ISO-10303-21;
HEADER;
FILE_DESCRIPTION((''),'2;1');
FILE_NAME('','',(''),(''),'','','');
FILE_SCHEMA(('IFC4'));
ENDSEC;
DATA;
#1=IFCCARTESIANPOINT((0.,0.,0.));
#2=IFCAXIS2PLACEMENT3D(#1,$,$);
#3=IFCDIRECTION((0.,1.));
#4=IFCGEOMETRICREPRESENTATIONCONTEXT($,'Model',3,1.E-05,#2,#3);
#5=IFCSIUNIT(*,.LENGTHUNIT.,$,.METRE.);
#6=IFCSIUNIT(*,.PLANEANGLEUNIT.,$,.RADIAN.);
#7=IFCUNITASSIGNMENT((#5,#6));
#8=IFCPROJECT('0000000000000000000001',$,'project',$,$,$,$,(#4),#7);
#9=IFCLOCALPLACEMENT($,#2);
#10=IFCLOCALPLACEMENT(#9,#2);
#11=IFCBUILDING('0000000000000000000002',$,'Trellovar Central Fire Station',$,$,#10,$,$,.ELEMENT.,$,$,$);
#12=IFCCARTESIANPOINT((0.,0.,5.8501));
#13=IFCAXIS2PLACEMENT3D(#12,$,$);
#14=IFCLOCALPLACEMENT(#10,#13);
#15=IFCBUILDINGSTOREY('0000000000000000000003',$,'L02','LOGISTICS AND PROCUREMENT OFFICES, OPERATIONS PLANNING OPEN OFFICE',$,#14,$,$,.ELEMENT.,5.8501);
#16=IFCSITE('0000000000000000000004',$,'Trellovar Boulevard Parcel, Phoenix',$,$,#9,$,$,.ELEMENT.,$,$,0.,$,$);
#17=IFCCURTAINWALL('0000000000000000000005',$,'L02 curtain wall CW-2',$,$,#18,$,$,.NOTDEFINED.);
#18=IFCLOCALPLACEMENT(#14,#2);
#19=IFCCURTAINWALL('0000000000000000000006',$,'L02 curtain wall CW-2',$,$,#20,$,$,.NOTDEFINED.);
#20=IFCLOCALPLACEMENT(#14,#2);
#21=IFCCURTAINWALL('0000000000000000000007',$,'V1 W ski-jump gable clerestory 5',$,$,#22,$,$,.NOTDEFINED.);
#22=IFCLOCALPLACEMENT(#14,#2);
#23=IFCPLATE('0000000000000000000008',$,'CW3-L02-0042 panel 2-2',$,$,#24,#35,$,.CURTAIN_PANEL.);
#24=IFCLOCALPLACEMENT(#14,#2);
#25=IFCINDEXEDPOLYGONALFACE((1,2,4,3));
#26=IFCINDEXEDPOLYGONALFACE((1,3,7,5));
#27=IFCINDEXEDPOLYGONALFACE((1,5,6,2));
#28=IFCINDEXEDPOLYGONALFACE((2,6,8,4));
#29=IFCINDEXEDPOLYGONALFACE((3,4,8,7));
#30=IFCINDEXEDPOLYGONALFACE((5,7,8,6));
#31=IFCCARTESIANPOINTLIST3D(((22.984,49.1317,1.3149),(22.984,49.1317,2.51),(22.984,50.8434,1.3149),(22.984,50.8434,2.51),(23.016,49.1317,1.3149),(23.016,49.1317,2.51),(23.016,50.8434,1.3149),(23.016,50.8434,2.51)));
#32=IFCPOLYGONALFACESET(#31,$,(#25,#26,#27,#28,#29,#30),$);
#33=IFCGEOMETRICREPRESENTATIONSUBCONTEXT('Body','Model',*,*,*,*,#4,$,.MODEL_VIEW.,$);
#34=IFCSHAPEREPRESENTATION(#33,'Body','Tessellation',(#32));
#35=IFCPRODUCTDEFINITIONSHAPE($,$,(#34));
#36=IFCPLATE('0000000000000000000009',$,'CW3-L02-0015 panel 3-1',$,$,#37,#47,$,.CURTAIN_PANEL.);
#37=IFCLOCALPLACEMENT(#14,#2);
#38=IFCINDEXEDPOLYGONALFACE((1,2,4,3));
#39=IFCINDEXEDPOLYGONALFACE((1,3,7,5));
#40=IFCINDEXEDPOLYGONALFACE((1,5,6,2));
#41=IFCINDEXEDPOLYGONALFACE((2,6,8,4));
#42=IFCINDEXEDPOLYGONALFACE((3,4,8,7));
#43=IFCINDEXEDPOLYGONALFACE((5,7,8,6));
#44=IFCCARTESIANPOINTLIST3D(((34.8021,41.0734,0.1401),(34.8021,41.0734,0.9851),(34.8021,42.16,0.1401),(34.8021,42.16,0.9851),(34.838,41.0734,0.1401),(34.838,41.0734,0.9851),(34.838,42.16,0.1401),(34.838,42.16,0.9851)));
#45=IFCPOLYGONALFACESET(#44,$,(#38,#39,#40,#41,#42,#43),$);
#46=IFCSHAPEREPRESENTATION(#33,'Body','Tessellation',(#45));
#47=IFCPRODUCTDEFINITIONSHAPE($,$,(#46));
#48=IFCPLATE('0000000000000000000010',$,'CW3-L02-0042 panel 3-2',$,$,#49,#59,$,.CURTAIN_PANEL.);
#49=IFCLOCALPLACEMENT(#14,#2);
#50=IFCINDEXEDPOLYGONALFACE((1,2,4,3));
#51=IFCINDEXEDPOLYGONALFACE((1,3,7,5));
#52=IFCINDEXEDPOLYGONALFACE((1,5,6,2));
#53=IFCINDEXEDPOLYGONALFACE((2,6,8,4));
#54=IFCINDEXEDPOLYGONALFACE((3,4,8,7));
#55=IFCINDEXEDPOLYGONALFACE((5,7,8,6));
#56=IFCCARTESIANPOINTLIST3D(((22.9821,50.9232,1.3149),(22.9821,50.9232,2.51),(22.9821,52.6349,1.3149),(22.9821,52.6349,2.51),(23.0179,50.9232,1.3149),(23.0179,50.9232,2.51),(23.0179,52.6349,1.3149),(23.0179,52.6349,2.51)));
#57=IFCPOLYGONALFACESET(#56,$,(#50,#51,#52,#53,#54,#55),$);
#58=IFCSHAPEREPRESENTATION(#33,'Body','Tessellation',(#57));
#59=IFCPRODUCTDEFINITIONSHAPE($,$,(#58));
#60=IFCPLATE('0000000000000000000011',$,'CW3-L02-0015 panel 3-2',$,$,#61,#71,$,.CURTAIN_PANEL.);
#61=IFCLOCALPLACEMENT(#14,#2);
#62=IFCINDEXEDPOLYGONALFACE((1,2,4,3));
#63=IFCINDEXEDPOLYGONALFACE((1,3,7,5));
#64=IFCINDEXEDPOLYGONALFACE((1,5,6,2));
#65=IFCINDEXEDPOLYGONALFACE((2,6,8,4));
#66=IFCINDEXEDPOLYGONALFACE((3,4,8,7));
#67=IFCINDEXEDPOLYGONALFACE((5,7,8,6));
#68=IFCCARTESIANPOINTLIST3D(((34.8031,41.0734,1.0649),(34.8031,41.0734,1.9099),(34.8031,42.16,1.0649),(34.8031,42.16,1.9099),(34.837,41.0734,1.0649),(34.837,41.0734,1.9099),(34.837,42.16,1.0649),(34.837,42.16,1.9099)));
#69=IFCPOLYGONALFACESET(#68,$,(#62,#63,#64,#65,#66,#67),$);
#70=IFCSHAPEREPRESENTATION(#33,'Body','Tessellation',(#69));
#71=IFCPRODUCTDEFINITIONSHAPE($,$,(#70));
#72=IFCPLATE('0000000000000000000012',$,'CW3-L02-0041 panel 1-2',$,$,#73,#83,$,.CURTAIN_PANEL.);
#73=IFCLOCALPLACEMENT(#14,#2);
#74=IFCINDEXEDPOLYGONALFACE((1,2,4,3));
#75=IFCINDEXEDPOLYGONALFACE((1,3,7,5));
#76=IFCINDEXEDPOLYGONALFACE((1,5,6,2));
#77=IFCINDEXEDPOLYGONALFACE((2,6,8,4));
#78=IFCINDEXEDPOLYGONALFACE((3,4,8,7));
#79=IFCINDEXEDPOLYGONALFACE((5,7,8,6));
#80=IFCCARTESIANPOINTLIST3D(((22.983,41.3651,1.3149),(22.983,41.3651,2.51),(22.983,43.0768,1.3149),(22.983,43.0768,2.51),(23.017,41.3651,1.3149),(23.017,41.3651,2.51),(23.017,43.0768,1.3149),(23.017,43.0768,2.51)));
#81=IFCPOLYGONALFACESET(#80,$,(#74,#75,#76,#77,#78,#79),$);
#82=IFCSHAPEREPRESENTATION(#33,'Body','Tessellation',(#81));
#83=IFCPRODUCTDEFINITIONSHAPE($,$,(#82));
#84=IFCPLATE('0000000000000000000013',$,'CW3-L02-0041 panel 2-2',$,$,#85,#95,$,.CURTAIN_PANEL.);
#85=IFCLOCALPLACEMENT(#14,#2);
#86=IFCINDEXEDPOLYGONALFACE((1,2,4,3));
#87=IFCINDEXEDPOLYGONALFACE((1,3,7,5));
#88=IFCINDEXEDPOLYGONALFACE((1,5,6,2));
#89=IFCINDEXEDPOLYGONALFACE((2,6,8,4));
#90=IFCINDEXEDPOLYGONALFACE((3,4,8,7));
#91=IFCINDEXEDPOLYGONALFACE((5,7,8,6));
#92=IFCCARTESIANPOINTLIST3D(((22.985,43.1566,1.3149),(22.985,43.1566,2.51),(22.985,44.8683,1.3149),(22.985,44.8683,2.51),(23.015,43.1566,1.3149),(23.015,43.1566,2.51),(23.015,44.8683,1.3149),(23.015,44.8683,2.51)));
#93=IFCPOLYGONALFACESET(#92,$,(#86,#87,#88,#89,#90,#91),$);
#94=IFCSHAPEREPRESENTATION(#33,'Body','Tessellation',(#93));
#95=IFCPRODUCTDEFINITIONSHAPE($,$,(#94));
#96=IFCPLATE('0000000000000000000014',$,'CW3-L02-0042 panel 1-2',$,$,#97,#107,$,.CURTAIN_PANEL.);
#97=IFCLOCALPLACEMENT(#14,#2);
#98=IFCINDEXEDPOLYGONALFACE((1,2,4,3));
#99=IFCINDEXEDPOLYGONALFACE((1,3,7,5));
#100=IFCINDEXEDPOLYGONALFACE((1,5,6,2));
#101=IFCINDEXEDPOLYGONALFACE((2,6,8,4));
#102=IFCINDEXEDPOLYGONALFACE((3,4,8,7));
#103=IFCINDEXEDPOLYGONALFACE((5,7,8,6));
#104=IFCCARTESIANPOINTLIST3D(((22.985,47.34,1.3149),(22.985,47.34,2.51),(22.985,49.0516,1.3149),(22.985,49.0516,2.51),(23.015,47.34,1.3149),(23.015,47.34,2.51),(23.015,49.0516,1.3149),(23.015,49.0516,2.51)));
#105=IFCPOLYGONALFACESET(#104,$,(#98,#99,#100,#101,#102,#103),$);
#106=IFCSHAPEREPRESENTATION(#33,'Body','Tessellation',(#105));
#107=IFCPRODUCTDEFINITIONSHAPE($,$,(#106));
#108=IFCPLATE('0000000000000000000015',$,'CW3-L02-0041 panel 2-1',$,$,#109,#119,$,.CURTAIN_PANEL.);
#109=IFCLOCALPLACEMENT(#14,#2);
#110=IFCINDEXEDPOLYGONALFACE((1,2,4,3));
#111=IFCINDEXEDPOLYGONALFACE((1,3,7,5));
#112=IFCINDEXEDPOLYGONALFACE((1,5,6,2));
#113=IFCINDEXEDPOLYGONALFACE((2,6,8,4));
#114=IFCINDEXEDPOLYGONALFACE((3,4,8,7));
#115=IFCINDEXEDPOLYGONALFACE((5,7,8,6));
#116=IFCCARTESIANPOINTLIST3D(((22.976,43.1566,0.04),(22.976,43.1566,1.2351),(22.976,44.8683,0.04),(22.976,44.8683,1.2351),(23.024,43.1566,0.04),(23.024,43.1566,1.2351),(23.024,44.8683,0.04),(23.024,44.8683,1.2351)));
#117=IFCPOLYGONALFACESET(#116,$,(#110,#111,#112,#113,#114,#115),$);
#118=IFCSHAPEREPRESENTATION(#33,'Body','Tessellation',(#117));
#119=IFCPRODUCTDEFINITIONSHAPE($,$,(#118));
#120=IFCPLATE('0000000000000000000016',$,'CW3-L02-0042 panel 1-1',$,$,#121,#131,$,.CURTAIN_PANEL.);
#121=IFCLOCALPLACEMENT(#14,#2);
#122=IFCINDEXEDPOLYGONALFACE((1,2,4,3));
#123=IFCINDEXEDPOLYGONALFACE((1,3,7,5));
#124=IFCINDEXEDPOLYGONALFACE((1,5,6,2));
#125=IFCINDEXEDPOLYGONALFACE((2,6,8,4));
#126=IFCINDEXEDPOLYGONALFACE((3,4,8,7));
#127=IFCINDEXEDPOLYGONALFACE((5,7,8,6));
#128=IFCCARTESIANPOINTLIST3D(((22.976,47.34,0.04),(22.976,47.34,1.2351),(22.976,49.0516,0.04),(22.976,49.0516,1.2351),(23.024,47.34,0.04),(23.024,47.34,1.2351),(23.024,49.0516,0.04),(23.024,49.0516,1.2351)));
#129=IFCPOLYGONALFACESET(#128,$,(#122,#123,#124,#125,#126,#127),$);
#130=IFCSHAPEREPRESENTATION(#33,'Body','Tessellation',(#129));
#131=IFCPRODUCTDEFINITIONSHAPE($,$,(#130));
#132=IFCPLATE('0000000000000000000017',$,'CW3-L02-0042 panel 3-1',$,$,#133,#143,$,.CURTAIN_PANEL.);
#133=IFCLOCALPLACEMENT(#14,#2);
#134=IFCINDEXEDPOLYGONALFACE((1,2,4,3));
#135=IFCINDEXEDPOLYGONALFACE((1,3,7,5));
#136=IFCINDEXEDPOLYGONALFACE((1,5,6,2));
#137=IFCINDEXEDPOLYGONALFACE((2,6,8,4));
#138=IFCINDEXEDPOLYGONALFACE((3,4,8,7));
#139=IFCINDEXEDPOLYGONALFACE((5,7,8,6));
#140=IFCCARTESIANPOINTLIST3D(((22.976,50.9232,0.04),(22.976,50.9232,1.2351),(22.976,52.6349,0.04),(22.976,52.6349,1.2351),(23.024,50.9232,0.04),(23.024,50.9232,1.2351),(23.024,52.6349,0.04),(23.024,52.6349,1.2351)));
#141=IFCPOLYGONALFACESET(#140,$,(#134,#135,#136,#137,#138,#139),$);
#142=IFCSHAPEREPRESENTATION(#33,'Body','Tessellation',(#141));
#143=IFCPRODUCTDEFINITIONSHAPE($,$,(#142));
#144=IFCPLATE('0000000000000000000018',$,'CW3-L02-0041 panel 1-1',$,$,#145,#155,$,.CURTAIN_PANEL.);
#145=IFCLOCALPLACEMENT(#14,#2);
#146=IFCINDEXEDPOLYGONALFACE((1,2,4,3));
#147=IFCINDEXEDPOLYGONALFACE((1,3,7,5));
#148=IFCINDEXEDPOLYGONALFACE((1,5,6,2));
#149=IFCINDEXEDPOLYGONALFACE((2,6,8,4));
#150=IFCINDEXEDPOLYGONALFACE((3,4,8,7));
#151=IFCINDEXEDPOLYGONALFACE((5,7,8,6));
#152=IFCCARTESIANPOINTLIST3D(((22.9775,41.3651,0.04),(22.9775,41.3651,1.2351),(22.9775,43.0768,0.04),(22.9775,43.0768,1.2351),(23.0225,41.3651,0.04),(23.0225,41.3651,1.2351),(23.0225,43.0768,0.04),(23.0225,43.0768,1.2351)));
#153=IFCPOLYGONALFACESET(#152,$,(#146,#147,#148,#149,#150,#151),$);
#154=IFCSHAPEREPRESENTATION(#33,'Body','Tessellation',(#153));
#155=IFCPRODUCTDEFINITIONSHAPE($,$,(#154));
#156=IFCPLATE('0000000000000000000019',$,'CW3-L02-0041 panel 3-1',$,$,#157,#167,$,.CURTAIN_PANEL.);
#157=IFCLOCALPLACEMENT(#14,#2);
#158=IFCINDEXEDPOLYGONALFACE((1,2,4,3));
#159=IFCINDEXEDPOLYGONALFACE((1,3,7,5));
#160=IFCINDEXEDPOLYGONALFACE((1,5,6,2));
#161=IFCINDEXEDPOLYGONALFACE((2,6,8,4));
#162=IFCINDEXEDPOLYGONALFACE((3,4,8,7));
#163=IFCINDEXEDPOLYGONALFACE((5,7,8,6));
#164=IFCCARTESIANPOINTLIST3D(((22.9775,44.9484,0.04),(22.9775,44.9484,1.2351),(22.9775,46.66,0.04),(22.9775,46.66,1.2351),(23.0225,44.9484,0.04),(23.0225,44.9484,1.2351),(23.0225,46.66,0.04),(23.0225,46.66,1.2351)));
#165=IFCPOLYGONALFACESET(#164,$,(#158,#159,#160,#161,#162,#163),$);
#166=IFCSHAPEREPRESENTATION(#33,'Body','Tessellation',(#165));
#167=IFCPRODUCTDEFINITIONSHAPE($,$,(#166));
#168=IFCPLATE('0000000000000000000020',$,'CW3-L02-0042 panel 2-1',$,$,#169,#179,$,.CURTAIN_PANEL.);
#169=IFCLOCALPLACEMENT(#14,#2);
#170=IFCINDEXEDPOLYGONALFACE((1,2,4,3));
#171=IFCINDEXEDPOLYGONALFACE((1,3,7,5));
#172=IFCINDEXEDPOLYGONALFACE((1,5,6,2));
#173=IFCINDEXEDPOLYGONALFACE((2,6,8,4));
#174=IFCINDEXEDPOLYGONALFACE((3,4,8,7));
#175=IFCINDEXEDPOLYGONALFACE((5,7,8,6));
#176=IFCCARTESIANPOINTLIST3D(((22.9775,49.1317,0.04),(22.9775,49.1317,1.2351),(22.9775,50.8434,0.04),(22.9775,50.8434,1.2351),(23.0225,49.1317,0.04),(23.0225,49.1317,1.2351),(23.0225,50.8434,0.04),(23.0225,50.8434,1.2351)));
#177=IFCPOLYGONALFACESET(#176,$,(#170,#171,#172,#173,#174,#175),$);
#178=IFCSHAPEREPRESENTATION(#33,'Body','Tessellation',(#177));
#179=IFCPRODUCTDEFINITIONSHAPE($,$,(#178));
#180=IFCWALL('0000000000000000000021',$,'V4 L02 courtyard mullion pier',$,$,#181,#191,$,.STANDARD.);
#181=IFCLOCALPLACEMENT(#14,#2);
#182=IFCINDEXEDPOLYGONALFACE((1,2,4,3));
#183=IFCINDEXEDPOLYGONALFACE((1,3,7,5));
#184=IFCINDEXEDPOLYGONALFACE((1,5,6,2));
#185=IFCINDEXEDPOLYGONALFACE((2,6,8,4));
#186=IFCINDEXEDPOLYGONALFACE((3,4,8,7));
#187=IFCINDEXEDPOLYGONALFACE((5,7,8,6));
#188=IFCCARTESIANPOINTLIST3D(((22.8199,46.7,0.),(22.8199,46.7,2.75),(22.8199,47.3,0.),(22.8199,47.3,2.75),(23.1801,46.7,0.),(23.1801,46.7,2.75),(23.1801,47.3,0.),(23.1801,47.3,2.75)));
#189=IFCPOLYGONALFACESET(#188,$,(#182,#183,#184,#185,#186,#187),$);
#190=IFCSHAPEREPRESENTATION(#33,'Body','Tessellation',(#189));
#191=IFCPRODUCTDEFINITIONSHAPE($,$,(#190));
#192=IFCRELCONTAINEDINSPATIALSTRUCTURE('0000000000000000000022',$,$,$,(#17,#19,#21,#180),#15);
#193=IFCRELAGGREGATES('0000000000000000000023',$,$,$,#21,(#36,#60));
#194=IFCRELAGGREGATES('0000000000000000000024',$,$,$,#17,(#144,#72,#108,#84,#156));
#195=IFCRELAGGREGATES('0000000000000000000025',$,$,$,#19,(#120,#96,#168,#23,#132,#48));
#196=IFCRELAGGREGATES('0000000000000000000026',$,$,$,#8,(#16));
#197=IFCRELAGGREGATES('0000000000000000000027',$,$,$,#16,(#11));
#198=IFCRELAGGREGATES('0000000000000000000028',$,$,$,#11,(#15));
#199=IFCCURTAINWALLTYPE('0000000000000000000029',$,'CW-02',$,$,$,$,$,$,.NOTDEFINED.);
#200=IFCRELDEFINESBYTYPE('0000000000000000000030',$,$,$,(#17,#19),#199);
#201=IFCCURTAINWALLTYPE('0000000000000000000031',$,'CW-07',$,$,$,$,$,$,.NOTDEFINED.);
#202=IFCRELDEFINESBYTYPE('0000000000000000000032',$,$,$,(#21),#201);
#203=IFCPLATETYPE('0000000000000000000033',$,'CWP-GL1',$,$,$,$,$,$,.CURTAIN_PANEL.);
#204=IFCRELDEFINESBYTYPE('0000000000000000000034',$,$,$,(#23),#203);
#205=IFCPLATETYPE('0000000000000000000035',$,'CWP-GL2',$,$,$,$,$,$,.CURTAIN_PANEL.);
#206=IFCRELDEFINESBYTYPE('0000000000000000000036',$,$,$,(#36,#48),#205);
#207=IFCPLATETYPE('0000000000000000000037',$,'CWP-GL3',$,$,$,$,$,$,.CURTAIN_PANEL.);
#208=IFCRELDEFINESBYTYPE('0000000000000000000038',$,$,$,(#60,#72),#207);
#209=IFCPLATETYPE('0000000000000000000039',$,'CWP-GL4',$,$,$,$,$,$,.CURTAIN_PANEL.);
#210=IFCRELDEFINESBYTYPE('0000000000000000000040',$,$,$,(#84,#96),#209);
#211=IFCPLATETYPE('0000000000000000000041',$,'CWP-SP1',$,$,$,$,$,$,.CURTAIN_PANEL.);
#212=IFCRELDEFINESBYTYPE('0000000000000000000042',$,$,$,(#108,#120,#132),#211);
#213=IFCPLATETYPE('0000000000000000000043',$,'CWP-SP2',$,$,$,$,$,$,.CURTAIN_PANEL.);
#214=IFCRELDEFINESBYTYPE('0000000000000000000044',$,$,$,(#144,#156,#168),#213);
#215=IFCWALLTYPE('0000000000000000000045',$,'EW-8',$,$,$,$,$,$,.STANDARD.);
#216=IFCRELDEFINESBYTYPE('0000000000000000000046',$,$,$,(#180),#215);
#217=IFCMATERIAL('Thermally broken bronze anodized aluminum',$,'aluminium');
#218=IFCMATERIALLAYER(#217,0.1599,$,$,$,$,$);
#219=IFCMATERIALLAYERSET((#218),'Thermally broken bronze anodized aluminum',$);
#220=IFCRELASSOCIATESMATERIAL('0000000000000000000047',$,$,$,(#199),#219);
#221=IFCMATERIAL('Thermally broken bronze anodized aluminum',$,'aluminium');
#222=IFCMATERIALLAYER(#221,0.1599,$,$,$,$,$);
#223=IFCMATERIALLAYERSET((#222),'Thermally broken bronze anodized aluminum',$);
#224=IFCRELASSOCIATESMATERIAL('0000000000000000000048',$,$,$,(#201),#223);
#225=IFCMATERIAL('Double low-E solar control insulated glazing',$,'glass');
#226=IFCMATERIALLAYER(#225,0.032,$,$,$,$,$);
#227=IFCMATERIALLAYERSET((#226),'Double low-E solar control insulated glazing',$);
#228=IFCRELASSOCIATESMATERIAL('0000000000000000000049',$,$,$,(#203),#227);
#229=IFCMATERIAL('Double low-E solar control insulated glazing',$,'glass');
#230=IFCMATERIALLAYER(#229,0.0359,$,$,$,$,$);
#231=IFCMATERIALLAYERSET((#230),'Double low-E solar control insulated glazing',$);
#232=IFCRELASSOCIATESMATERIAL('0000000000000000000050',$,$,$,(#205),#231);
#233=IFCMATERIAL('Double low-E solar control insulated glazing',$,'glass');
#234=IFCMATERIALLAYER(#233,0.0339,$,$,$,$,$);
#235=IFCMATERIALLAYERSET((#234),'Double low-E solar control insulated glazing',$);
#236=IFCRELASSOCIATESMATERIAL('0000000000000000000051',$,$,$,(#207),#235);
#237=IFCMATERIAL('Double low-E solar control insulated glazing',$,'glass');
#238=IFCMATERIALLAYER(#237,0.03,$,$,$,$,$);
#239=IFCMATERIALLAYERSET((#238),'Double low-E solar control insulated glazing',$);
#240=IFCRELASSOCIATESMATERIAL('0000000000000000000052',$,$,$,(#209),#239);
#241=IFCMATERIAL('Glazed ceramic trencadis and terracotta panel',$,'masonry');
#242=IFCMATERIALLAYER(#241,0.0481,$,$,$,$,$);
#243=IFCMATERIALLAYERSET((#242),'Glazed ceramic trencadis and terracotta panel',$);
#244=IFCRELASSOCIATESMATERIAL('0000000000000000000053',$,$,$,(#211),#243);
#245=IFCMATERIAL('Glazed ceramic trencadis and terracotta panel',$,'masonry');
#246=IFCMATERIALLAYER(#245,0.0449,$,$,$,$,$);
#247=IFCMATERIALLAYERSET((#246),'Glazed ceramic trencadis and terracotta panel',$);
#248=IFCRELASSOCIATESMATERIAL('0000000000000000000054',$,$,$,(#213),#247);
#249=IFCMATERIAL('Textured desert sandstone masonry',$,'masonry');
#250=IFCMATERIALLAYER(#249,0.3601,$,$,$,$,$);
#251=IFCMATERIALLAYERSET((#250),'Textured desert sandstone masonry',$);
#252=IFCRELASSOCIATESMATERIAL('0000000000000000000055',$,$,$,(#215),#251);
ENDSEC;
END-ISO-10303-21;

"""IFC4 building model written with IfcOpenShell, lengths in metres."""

from ifc_helpers import new_model, si_unit, direction, frame, frame_2d, origin, origin_2d, place, context, subcontext, project, spatial, rectangle, extrude, material, layer, layer_set, type_object, element, aggregate, save


model = new_model("IFC4")

# Units and contexts
model_context = context("Model", 3, precision=1e-05, world=origin(), true_north=direction((0.0, 1.0)))
body_context = subcontext(model_context, "Body", "Model", "MODEL_VIEW")
ifc_project = project(units=[si_unit("LENGTHUNIT", "METRE"), si_unit("PLANEANGLEUNIT", "RADIAN")], contexts=[model_context])

# Site, building, storey
site_placement = place(None, origin())
site = spatial("IfcSite", under=ifc_project, at=site_placement, Name="Trellovar Boulevard Parcel, Phoenix", CompositionType="ELEMENT", RefElevation=0.0)
building_placement = place(site_placement, origin())
building = spatial("IfcBuilding", under=site, at=building_placement, Name="Trellovar Central Fire Station", CompositionType="ELEMENT")
storey_placement = place(building_placement, frame((0.0, 0.0, 5.8501)))
storey = spatial("IfcBuildingStorey", under=building, at=storey_placement, Name="L02", Description="LOGISTICS AND PROCUREMENT OFFICES, OPERATIONS PLANNING OPEN OFFICE", CompositionType="ELEMENT", Elevation=5.8501)

# Curtain walls
ifc_material_1 = material(Name="Thermally broken bronze anodized aluminum", Category="aluminium")
ifc_layer_1 = layer(ifc_material_1, 0.1599)
ifc_layer_set_1 = layer_set([ifc_layer_1], Name="Thermally broken bronze anodized aluminum")
curtain_wall_type_1 = type_object("IfcCurtainWallType", Name="CW-02", PredefinedType="NOTDEFINED", material=ifc_layer_set_1)
curtain_wall_1_placement = place(storey_placement, origin())
curtain_wall_1 = element("IfcCurtainWall", 1, at=curtain_wall_1_placement, inside=storey, type_object=curtain_wall_type_1, Name="L02 curtain wall CW-2", PredefinedType="NOTDEFINED")
curtain_wall_2_placement = place(storey_placement, origin())
curtain_wall_2 = element("IfcCurtainWall", 2, at=curtain_wall_2_placement, inside=storey, type_object=curtain_wall_type_1, Name="L02 curtain wall CW-2", PredefinedType="NOTDEFINED")
ifc_material_2 = material(Name="Thermally broken bronze anodized aluminum", Category="aluminium")
ifc_layer_2 = layer(ifc_material_2, 0.1599)
ifc_layer_set_2 = layer_set([ifc_layer_2], Name="Thermally broken bronze anodized aluminum")
curtain_wall_type_2 = type_object("IfcCurtainWallType", Name="CW-07", PredefinedType="NOTDEFINED", material=ifc_layer_set_2)
curtain_wall_3_placement = place(storey_placement, origin())
curtain_wall_3 = element("IfcCurtainWall", 3, at=curtain_wall_3_placement, inside=storey, type_object=curtain_wall_type_2, Name="V1 W ski-jump gable clerestory 5", PredefinedType="NOTDEFINED")

# Plates
ifc_material_3 = material(Name="Double low-E solar control insulated glazing", Category="glass")
ifc_layer_3 = layer(ifc_material_3, 0.032)
ifc_layer_set_3 = layer_set([ifc_layer_3], Name="Double low-E solar control insulated glazing")
plate_type_1 = type_object("IfcPlateType", Name="CWP-GL1", PredefinedType="CURTAIN_PANEL", material=ifc_layer_set_3)
plate_1_placement = place(storey_placement, frame((23.0, 49.9875, 1.3149), z_axis=(0.0, 0.0, 1.0), x_axis=(0.0, 1.0, 0.0)))
plate_1 = element("IfcPlate", 4, at=plate_1_placement, type_object=plate_type_1, Name="CW3-L02-0042 panel 2-2", PredefinedType="CURTAIN_PANEL", context=body_context, shape_type="SweptSolid", body=[
    extrude(rectangle(XDim=1.7117, YDim=0.032, at=origin_2d()), origin(), (0.0, 0.0, 1.0), 1.1951),
])
ifc_material_4 = material(Name="Double low-E solar control insulated glazing", Category="glass")
ifc_layer_4 = layer(ifc_material_4, 0.0359)
ifc_layer_set_4 = layer_set([ifc_layer_4], Name="Double low-E solar control insulated glazing")
plate_type_2 = type_object("IfcPlateType", Name="CWP-GL2", PredefinedType="CURTAIN_PANEL", material=ifc_layer_set_4)
plate_2_placement = place(storey_placement, frame((34.8201, 41.6167, 0.1401), z_axis=(0.0, 0.0, 1.0), x_axis=(0.0, 1.0, 0.0)))
plate_2 = element("IfcPlate", 5, at=plate_2_placement, type_object=plate_type_2, Name="CW3-L02-0015 panel 3-1", PredefinedType="CURTAIN_PANEL", context=body_context, shape_type="SweptSolid", body=[
    extrude(rectangle(XDim=1.0867, YDim=0.0359, at=origin_2d()), origin(), (0.0, 0.0, 1.0), 0.845),
])
plate_3_placement = place(storey_placement, frame((23.0, 51.7791, 1.3149), z_axis=(0.0, 0.0, 1.0), x_axis=(0.0, 1.0, 0.0)))
plate_3 = element("IfcPlate", 6, at=plate_3_placement, type_object=plate_type_2, Name="CW3-L02-0042 panel 3-2", PredefinedType="CURTAIN_PANEL", context=body_context, shape_type="SweptSolid", body=[
    extrude(rectangle(XDim=1.7117, YDim=0.0359, at=origin_2d()), origin(), (0.0, 0.0, 1.0), 1.1951),
])
ifc_material_5 = material(Name="Double low-E solar control insulated glazing", Category="glass")
ifc_layer_5 = layer(ifc_material_5, 0.0339)
ifc_layer_set_5 = layer_set([ifc_layer_5], Name="Double low-E solar control insulated glazing")
plate_type_3 = type_object("IfcPlateType", Name="CWP-GL3", PredefinedType="CURTAIN_PANEL", material=ifc_layer_set_5)
plate_4_placement = place(storey_placement, frame((34.8201, 41.6167, 1.0649), z_axis=(0.0, 0.0, 1.0), x_axis=(0.0, 1.0, 0.0)))
plate_4 = element("IfcPlate", 7, at=plate_4_placement, type_object=plate_type_3, Name="CW3-L02-0015 panel 3-2", PredefinedType="CURTAIN_PANEL", context=body_context, shape_type="SweptSolid", body=[
    extrude(rectangle(XDim=1.0867, YDim=0.0339, at=origin_2d()), origin(), (0.0, 0.0, 1.0), 0.845),
])
aggregate(curtain_wall_3, [plate_2, plate_4])
plate_5_placement = place(storey_placement, frame((23.0, 42.2209, 1.3149), z_axis=(0.0, 0.0, 1.0), x_axis=(0.0, 1.0, 0.0)))
plate_5 = element("IfcPlate", 8, at=plate_5_placement, type_object=plate_type_3, Name="CW3-L02-0041 panel 1-2", PredefinedType="CURTAIN_PANEL", context=body_context, shape_type="SweptSolid", body=[
    extrude(rectangle(XDim=1.7117, YDim=0.0339, at=origin_2d()), origin(), (0.0, 0.0, 1.0), 1.1951),
])
ifc_material_6 = material(Name="Double low-E solar control insulated glazing", Category="glass")
ifc_layer_6 = layer(ifc_material_6, 0.03)
ifc_layer_set_6 = layer_set([ifc_layer_6], Name="Double low-E solar control insulated glazing")
plate_type_4 = type_object("IfcPlateType", Name="CWP-GL4", PredefinedType="CURTAIN_PANEL", material=ifc_layer_set_6)
plate_6_placement = place(storey_placement, frame((23.0, 44.0125, 1.3149), z_axis=(0.0, 0.0, 1.0), x_axis=(0.0, 1.0, 0.0)))
plate_6 = element("IfcPlate", 9, at=plate_6_placement, type_object=plate_type_4, Name="CW3-L02-0041 panel 2-2", PredefinedType="CURTAIN_PANEL", context=body_context, shape_type="SweptSolid", body=[
    extrude(rectangle(XDim=1.7117, YDim=0.03, at=origin_2d()), origin(), (0.0, 0.0, 1.0), 1.1951),
])
plate_7_placement = place(storey_placement, frame((23.0, 48.1958, 1.3149), z_axis=(0.0, 0.0, 1.0), x_axis=(0.0, 1.0, 0.0)))
plate_7 = element("IfcPlate", 10, at=plate_7_placement, type_object=plate_type_4, Name="CW3-L02-0042 panel 1-2", PredefinedType="CURTAIN_PANEL", context=body_context, shape_type="SweptSolid", body=[
    extrude(rectangle(XDim=1.7117, YDim=0.03, at=origin_2d()), origin(), (0.0, 0.0, 1.0), 1.1951),
])
ifc_material_7 = material(Name="Glazed ceramic trencadis and terracotta panel", Category="masonry")
ifc_layer_7 = layer(ifc_material_7, 0.0481)
ifc_layer_set_7 = layer_set([ifc_layer_7], Name="Glazed ceramic trencadis and terracotta panel")
plate_type_5 = type_object("IfcPlateType", Name="CWP-SP1", PredefinedType="CURTAIN_PANEL", material=ifc_layer_set_7)
plate_8_placement = place(storey_placement, frame((23.0, 44.0125, 0.04), z_axis=(0.0, 0.0, 1.0), x_axis=(0.0, 1.0, 0.0)))
plate_8 = element("IfcPlate", 11, at=plate_8_placement, type_object=plate_type_5, Name="CW3-L02-0041 panel 2-1", PredefinedType="CURTAIN_PANEL", context=body_context, shape_type="SweptSolid", body=[
    extrude(rectangle(XDim=1.7117, YDim=0.0481, at=origin_2d()), origin(), (0.0, 0.0, 1.0), 1.1951),
])
plate_9_placement = place(storey_placement, frame((23.0, 48.1958, 0.04), z_axis=(0.0, 0.0, 1.0), x_axis=(0.0, 1.0, 0.0)))
plate_9 = element("IfcPlate", 12, at=plate_9_placement, type_object=plate_type_5, Name="CW3-L02-0042 panel 1-1", PredefinedType="CURTAIN_PANEL", context=body_context, shape_type="SweptSolid", body=[
    extrude(rectangle(XDim=1.7117, YDim=0.0481, at=origin_2d()), origin(), (0.0, 0.0, 1.0), 1.1951),
])
plate_10_placement = place(storey_placement, frame((23.0, 51.7791, 0.04), z_axis=(0.0, 0.0, 1.0), x_axis=(0.0, 1.0, 0.0)))
plate_10 = element("IfcPlate", 13, at=plate_10_placement, type_object=plate_type_5, Name="CW3-L02-0042 panel 3-1", PredefinedType="CURTAIN_PANEL", context=body_context, shape_type="SweptSolid", body=[
    extrude(rectangle(XDim=1.7117, YDim=0.0481, at=origin_2d()), origin(), (0.0, 0.0, 1.0), 1.1951),
])
ifc_material_8 = material(Name="Glazed ceramic trencadis and terracotta panel", Category="masonry")
ifc_layer_8 = layer(ifc_material_8, 0.0449)
ifc_layer_set_8 = layer_set([ifc_layer_8], Name="Glazed ceramic trencadis and terracotta panel")
plate_type_6 = type_object("IfcPlateType", Name="CWP-SP2", PredefinedType="CURTAIN_PANEL", material=ifc_layer_set_8)
plate_11_placement = place(storey_placement, frame((23.0, 42.2209, 0.04), z_axis=(0.0, 0.0, 1.0), x_axis=(0.0, 1.0, 0.0)))
plate_11 = element("IfcPlate", 14, at=plate_11_placement, type_object=plate_type_6, Name="CW3-L02-0041 panel 1-1", PredefinedType="CURTAIN_PANEL", context=body_context, shape_type="SweptSolid", body=[
    extrude(rectangle(XDim=1.7117, YDim=0.0449, at=origin_2d()), origin(), (0.0, 0.0, 1.0), 1.1951),
])
plate_12_placement = place(storey_placement, frame((23.0, 45.8042, 0.04), z_axis=(0.0, 0.0, 1.0), x_axis=(0.0, 1.0, 0.0)))
plate_12 = element("IfcPlate", 15, at=plate_12_placement, type_object=plate_type_6, Name="CW3-L02-0041 panel 3-1", PredefinedType="CURTAIN_PANEL", context=body_context, shape_type="SweptSolid", body=[
    extrude(rectangle(XDim=1.7117, YDim=0.0449, at=origin_2d()), origin(), (0.0, 0.0, 1.0), 1.1951),
])
aggregate(curtain_wall_1, [plate_11, plate_5, plate_8, plate_6, plate_12])
plate_13_placement = place(storey_placement, frame((23.0, 49.9875, 0.04), z_axis=(0.0, 0.0, 1.0), x_axis=(0.0, 1.0, 0.0)))
plate_13 = element("IfcPlate", 16, at=plate_13_placement, type_object=plate_type_6, Name="CW3-L02-0042 panel 2-1", PredefinedType="CURTAIN_PANEL", context=body_context, shape_type="SweptSolid", body=[
    extrude(rectangle(XDim=1.7117, YDim=0.0449, at=origin_2d()), origin(), (0.0, 0.0, 1.0), 1.1951),
])
aggregate(curtain_wall_2, [plate_9, plate_7, plate_13, plate_1, plate_10, plate_3])

# Wall
ifc_material_9 = material(Name="Textured desert sandstone masonry", Category="masonry")
ifc_layer_9 = layer(ifc_material_9, 0.3601)
ifc_layer_set_9 = layer_set([ifc_layer_9], Name="Textured desert sandstone masonry")
wall_type = type_object("IfcWallType", Name="EW-8", PredefinedType="STANDARD", material=ifc_layer_set_9)
wall_placement = place(storey_placement, frame((23.0, 46.7, 0.0), z_axis=(0.0, 0.0, 1.0), x_axis=(0.0, 1.0, 0.0)))
element("IfcWall", 17, at=wall_placement, inside=storey, type_object=wall_type, Name="V4 L02 courtyard mullion pier", PredefinedType="STANDARD", context=body_context, shape_type="SweptSolid", body=[
    extrude(rectangle(XDim=0.6001, YDim=0.3601, at=frame_2d((0.3, 0.0))), origin(), (0.0, 0.0, 1.0), 2.75),
])

save(model, "model.ifc")
